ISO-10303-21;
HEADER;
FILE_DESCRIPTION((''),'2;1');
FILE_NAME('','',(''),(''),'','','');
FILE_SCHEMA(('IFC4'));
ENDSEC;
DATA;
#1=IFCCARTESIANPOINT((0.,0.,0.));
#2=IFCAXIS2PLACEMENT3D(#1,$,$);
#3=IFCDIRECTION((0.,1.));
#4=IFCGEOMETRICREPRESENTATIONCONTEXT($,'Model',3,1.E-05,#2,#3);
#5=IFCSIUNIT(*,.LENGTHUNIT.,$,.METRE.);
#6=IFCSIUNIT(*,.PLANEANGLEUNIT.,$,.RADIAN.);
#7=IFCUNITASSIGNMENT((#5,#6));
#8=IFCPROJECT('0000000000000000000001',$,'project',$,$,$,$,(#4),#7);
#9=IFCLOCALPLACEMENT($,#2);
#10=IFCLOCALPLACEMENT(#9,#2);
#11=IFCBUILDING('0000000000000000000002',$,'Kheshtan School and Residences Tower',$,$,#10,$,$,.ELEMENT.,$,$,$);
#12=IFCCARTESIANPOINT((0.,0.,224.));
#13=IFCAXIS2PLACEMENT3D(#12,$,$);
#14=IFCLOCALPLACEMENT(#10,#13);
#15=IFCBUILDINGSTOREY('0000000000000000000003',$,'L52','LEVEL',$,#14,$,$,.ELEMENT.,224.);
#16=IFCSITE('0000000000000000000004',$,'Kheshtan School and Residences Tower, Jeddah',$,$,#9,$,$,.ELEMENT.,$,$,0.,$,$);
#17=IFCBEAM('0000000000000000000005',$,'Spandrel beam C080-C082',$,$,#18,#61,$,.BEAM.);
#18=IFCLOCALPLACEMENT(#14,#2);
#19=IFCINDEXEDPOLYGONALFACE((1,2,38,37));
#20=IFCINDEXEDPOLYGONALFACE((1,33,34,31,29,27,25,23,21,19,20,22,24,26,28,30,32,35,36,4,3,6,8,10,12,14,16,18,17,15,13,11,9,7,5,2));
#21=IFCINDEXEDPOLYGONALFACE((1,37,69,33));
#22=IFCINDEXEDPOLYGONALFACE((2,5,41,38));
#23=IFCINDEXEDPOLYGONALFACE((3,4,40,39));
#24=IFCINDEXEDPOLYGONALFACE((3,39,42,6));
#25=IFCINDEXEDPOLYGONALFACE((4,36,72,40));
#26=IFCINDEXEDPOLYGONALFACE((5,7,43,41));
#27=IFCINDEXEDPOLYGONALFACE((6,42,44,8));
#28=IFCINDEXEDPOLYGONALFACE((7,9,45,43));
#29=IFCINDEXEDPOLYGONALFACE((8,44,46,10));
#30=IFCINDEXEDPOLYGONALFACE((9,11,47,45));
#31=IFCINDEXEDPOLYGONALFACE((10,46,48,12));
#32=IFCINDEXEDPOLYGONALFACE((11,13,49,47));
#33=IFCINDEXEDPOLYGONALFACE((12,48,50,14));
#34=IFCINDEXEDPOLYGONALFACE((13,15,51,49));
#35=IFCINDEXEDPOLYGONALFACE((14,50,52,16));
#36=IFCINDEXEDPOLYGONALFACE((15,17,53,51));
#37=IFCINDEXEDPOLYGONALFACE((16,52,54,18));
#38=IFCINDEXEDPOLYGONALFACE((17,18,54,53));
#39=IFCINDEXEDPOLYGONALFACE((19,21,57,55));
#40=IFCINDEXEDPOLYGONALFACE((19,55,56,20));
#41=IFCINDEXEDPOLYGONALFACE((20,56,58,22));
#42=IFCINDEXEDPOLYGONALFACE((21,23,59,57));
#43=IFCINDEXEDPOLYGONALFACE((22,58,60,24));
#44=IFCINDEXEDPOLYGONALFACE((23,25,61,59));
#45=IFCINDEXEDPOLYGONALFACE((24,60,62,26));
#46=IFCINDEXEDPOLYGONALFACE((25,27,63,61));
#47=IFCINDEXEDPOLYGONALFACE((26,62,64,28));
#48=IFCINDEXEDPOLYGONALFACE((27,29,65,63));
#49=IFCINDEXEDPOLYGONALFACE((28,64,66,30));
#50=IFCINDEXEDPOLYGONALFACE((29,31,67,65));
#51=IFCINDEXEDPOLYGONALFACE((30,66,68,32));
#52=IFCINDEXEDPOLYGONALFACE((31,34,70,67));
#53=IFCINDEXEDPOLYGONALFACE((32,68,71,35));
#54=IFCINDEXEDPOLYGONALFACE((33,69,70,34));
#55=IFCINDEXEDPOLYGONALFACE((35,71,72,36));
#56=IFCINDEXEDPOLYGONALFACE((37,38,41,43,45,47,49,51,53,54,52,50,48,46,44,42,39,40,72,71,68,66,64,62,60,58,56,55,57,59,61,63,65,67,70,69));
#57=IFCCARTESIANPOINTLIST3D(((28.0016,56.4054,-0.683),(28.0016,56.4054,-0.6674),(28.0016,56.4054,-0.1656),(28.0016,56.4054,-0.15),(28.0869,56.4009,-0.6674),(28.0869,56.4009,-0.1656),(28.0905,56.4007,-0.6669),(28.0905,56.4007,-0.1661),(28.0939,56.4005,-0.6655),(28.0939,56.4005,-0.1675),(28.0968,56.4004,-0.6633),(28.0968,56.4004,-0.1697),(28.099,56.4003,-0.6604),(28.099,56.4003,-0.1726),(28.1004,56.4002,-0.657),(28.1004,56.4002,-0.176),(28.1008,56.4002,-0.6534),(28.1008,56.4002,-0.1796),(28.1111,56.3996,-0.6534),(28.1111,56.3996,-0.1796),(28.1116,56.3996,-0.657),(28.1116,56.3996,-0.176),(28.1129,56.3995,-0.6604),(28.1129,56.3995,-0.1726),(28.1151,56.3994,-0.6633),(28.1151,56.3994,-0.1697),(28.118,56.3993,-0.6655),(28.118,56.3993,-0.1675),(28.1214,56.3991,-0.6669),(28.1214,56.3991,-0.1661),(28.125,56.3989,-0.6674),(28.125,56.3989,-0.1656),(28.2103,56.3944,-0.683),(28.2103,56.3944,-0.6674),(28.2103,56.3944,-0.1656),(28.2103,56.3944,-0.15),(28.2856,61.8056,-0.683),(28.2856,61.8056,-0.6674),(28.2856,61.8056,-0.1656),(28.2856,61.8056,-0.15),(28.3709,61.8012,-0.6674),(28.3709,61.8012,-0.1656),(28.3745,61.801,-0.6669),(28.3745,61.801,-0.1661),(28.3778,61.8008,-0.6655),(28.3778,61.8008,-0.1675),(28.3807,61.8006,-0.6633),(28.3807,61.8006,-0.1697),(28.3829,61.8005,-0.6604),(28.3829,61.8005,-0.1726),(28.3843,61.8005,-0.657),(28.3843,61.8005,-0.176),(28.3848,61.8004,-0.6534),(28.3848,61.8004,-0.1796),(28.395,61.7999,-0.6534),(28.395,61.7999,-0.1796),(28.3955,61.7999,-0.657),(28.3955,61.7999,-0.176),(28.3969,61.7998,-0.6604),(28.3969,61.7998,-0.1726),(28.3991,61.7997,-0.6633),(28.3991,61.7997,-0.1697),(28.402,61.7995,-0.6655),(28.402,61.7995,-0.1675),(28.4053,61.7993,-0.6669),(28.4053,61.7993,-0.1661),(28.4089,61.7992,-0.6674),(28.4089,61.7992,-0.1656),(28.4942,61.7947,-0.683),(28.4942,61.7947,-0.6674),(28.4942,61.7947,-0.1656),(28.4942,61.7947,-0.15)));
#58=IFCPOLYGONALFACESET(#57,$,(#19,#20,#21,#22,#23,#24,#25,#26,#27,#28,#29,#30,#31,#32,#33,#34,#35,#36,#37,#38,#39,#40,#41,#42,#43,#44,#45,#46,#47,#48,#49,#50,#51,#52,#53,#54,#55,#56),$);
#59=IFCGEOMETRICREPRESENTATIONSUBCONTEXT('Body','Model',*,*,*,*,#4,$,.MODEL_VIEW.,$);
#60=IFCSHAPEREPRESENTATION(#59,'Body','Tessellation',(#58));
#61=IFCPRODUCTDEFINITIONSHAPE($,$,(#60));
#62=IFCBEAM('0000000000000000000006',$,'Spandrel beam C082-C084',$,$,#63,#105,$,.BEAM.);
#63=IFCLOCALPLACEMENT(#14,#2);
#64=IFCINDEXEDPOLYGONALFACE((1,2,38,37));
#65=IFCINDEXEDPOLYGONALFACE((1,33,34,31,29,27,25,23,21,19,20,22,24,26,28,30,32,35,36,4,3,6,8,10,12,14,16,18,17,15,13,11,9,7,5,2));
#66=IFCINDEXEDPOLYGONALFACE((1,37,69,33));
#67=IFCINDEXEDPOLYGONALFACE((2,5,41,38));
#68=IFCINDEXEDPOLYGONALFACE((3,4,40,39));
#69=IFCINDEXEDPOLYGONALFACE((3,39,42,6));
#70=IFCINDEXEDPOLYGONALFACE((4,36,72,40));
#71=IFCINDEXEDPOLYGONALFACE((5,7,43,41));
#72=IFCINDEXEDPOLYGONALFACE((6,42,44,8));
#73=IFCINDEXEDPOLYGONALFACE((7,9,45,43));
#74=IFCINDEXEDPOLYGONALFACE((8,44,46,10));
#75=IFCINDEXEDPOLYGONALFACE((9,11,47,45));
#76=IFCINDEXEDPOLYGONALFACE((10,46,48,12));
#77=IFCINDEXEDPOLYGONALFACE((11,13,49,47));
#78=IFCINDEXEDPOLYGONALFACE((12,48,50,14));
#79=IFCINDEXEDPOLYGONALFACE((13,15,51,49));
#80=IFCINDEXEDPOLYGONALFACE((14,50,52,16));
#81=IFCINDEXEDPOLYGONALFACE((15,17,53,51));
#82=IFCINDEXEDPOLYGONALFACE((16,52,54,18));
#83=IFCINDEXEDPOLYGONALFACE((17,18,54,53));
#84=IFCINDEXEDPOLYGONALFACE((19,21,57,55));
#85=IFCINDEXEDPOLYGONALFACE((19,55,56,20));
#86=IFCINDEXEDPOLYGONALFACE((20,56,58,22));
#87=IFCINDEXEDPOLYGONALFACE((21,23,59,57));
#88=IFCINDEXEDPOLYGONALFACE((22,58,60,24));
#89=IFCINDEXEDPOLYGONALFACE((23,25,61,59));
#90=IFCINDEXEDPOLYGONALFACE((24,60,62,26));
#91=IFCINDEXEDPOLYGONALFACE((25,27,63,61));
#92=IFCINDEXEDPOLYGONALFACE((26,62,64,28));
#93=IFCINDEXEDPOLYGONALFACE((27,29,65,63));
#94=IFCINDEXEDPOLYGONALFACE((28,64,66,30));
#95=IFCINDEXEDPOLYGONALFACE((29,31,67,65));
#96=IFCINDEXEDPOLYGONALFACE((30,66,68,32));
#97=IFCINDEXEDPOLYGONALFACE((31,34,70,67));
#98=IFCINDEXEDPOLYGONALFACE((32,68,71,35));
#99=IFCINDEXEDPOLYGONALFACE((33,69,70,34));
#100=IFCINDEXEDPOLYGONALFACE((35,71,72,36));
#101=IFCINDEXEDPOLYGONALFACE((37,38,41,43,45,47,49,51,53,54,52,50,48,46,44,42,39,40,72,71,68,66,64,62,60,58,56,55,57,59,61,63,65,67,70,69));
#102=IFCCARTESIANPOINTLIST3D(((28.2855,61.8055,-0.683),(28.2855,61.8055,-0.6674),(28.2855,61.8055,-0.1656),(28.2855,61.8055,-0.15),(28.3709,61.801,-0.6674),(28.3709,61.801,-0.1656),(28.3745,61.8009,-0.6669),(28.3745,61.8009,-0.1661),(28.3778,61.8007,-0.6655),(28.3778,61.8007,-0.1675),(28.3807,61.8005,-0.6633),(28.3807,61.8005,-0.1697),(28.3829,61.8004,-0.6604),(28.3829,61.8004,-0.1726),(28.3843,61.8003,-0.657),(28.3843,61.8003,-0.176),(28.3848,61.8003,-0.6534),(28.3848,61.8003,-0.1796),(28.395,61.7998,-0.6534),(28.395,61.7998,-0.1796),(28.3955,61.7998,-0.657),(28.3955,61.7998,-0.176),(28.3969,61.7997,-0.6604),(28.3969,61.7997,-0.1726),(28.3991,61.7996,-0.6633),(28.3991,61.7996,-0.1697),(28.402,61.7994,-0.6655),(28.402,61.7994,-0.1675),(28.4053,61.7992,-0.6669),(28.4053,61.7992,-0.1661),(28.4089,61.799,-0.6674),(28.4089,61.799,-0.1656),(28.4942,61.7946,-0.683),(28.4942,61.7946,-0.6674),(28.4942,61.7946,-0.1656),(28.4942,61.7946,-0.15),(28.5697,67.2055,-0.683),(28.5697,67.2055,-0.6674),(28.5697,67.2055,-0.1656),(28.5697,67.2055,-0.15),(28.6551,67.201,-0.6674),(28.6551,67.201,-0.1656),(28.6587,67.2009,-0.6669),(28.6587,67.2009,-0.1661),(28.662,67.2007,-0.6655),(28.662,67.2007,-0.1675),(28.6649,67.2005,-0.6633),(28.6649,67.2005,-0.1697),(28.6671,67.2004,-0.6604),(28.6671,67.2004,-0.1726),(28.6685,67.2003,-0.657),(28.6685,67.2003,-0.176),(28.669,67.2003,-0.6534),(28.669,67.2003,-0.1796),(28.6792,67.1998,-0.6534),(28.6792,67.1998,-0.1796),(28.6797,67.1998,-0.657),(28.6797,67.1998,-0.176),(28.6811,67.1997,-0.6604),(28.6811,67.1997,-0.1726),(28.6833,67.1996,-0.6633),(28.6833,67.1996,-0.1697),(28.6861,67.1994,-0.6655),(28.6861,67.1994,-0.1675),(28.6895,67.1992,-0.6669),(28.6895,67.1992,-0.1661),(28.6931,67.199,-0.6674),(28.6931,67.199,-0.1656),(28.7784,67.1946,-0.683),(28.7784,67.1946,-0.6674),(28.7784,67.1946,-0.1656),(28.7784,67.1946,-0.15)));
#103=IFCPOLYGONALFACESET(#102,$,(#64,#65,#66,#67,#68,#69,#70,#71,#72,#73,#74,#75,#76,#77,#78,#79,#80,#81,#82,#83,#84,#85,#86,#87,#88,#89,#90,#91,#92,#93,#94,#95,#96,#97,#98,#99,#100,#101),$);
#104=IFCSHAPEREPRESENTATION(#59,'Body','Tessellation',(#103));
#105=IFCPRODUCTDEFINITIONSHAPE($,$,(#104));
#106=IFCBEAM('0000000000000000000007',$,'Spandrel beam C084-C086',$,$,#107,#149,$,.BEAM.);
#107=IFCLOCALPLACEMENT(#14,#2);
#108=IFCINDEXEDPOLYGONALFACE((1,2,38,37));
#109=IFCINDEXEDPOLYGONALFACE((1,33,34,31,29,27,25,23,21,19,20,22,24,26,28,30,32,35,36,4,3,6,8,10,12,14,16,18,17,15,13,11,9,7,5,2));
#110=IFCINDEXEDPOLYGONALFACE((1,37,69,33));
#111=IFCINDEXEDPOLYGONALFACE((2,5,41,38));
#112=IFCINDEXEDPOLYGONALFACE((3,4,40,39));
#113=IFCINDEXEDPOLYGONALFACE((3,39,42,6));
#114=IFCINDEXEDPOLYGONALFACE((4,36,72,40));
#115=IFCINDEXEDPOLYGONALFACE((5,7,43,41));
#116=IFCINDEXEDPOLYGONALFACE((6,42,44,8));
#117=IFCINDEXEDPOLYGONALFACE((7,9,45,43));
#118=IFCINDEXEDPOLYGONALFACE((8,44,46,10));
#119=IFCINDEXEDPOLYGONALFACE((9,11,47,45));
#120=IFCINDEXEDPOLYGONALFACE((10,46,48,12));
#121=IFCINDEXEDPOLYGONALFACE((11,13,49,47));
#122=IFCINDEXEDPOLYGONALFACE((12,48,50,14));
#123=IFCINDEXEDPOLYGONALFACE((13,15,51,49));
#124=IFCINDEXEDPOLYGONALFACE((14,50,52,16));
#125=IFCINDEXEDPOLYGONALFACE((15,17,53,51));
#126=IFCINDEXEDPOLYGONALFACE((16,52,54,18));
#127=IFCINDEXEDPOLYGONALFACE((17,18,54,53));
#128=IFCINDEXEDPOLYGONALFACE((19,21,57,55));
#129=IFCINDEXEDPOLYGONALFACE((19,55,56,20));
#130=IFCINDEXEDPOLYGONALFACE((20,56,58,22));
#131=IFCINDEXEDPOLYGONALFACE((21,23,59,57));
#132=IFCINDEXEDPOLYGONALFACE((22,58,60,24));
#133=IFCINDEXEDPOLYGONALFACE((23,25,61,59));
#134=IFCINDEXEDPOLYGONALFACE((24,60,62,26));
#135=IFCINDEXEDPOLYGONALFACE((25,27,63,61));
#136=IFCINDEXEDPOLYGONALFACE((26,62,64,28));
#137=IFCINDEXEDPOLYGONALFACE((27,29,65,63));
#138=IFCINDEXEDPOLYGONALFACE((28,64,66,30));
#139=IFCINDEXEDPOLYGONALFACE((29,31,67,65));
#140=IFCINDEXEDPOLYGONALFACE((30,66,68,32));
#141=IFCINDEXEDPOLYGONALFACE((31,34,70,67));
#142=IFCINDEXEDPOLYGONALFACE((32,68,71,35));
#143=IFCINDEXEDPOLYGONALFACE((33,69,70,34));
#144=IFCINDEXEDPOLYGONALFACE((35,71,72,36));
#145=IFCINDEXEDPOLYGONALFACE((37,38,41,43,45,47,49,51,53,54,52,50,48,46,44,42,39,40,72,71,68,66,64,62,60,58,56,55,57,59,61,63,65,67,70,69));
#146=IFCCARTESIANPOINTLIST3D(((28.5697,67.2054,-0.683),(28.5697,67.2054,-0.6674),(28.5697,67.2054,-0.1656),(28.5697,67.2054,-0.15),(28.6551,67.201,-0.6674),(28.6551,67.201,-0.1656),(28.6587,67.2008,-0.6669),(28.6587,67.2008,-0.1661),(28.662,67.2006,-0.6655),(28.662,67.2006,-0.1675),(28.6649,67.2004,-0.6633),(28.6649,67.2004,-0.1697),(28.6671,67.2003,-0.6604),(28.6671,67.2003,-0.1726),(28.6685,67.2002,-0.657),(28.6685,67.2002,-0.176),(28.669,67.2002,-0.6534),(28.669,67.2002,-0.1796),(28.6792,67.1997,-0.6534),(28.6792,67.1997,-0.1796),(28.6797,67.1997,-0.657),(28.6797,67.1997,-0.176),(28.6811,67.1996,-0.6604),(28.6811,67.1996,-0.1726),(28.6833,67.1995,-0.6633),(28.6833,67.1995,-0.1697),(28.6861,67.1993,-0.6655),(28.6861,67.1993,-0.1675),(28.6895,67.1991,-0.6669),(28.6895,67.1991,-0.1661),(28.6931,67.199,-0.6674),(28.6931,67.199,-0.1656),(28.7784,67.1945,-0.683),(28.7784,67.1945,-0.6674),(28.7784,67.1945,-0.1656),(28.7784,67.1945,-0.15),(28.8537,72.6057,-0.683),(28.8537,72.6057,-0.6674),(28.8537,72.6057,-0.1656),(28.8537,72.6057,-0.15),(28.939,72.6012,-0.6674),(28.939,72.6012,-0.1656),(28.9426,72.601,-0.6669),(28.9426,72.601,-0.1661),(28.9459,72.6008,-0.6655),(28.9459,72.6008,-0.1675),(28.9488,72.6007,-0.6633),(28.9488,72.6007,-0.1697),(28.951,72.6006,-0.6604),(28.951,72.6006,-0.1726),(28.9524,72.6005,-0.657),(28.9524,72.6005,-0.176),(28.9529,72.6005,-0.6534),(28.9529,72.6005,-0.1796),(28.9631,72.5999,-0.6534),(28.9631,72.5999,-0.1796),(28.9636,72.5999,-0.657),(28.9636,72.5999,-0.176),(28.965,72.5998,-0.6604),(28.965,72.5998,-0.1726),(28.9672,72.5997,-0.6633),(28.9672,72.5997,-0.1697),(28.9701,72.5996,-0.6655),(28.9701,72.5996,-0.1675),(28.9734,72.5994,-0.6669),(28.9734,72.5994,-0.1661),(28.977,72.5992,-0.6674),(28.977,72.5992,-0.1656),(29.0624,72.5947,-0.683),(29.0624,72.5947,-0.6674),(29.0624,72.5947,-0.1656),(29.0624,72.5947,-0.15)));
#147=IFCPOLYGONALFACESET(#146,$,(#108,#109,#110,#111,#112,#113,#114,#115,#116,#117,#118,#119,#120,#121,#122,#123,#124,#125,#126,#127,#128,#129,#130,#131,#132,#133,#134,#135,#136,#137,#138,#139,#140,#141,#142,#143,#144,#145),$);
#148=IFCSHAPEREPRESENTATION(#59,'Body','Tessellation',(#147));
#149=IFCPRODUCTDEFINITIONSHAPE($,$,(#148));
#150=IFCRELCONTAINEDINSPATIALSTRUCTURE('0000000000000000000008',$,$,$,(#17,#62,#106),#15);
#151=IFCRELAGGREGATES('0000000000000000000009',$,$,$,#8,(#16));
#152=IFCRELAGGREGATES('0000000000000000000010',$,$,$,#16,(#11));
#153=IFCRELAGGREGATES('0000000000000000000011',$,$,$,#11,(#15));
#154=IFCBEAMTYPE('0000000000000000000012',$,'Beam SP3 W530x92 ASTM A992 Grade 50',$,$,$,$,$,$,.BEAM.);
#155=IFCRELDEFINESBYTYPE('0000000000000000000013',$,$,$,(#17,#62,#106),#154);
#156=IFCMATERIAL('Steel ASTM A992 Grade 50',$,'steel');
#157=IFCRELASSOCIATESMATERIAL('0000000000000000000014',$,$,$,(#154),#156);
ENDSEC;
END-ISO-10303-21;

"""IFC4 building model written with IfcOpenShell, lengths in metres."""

from ifc_helpers import new_model, si_unit, direction, frame, origin, origin_2d, place, context, subcontext, project, spatial, i_section, extrude, material, material_profile, profile_set, type_object, element, save


model = new_model("IFC4")

# Units and contexts
model_context = context("Model", 3, precision=1e-05, world=origin(), true_north=direction((0.0, 1.0)))
body_context = subcontext(model_context, "Body", "Model", "MODEL_VIEW")
ifc_project = project(units=[si_unit("LENGTHUNIT", "METRE"), si_unit("PLANEANGLEUNIT", "RADIAN")], contexts=[model_context])

# Site, building, storey
site_placement = place(None, origin())
site = spatial("IfcSite", under=ifc_project, at=site_placement, Name="Kheshtan School and Residences Tower, Jeddah", CompositionType="ELEMENT", RefElevation=0.0)
building_placement = place(site_placement, origin())
building = spatial("IfcBuilding", under=site, at=building_placement, Name="Kheshtan School and Residences Tower", CompositionType="ELEMENT")
storey_placement = place(building_placement, frame((0.0, 0.0, 224.0)))
storey = spatial("IfcBuildingStorey", under=building, at=storey_placement, Name="L52", Description="LEVEL", CompositionType="ELEMENT", Elevation=224.0)

# Shared definitions
ifc_material_1 = material(Name="Steel ASTM A992 Grade 50", Category="steel")

# Beams
ifc_material_profile_1 = material_profile(ifc_material_1, i_section(OverallWidth=0.209, OverallDepth=0.533, WebThickness=0.0103, FlangeThickness=0.0156, FilletRadius=0.0139, at=origin_2d()), Name="W530x92")
ifc_profile_set_1 = profile_set([ifc_material_profile_1], Name="Steel ASTM A992 Grade 50")
beam_type_1 = type_object("IfcBeamType", Name="Beam SP3 W530x92 ASTM A992 Grade 50", PredefinedType="BEAM", material=ifc_profile_set_1)
beam_1_placement = place(storey_placement, frame((28.106, 56.3999, -0.4165), z_axis=(0.052507, 0.998621, 0.0), x_axis=(-0.998621, 0.052507, 0.0)))
element("IfcBeam", 1, at=beam_1_placement, inside=storey, type_object=beam_type_1, Name="Spandrel beam C080-C082", PredefinedType="BEAM", context=body_context, shape_type="SweptSolid", body=[
    extrude(i_section(OverallWidth=0.209, OverallDepth=0.533, WebThickness=0.0103, FlangeThickness=0.0156, FilletRadius=0.0139, at=origin_2d()), origin(), (0.0, 0.0, 1.0), 5.4077),
])
beam_2_placement = place(storey_placement, frame((28.3899, 61.8, -0.4165), z_axis=(0.052554, 0.998618, 0.0), x_axis=(-0.998618, 0.052554, 0.0)))
element("IfcBeam", 2, at=beam_2_placement, inside=storey, type_object=beam_type_1, Name="Spandrel beam C082-C084", PredefinedType="BEAM", context=body_context, shape_type="SweptSolid", body=[
    extrude(i_section(OverallWidth=0.209, OverallDepth=0.533, WebThickness=0.0103, FlangeThickness=0.0156, FilletRadius=0.0139, at=origin_2d()), origin(), (0.0, 0.0, 1.0), 5.4075),
])
beam_3_placement = place(storey_placement, frame((28.6741, 67.2, -0.4165), z_axis=(0.052507, 0.998621, 0.0), x_axis=(-0.998621, 0.052507, 0.0)))
element("IfcBeam", 3, at=beam_3_placement, inside=storey, type_object=beam_type_1, Name="Spandrel beam C084-C086", PredefinedType="BEAM", context=body_context, shape_type="SweptSolid", body=[
    extrude(i_section(OverallWidth=0.209, OverallDepth=0.533, WebThickness=0.0103, FlangeThickness=0.0156, FilletRadius=0.0139, at=origin_2d()), origin(), (0.0, 0.0, 1.0), 5.4077),
])

save(model, "model.ifc")
